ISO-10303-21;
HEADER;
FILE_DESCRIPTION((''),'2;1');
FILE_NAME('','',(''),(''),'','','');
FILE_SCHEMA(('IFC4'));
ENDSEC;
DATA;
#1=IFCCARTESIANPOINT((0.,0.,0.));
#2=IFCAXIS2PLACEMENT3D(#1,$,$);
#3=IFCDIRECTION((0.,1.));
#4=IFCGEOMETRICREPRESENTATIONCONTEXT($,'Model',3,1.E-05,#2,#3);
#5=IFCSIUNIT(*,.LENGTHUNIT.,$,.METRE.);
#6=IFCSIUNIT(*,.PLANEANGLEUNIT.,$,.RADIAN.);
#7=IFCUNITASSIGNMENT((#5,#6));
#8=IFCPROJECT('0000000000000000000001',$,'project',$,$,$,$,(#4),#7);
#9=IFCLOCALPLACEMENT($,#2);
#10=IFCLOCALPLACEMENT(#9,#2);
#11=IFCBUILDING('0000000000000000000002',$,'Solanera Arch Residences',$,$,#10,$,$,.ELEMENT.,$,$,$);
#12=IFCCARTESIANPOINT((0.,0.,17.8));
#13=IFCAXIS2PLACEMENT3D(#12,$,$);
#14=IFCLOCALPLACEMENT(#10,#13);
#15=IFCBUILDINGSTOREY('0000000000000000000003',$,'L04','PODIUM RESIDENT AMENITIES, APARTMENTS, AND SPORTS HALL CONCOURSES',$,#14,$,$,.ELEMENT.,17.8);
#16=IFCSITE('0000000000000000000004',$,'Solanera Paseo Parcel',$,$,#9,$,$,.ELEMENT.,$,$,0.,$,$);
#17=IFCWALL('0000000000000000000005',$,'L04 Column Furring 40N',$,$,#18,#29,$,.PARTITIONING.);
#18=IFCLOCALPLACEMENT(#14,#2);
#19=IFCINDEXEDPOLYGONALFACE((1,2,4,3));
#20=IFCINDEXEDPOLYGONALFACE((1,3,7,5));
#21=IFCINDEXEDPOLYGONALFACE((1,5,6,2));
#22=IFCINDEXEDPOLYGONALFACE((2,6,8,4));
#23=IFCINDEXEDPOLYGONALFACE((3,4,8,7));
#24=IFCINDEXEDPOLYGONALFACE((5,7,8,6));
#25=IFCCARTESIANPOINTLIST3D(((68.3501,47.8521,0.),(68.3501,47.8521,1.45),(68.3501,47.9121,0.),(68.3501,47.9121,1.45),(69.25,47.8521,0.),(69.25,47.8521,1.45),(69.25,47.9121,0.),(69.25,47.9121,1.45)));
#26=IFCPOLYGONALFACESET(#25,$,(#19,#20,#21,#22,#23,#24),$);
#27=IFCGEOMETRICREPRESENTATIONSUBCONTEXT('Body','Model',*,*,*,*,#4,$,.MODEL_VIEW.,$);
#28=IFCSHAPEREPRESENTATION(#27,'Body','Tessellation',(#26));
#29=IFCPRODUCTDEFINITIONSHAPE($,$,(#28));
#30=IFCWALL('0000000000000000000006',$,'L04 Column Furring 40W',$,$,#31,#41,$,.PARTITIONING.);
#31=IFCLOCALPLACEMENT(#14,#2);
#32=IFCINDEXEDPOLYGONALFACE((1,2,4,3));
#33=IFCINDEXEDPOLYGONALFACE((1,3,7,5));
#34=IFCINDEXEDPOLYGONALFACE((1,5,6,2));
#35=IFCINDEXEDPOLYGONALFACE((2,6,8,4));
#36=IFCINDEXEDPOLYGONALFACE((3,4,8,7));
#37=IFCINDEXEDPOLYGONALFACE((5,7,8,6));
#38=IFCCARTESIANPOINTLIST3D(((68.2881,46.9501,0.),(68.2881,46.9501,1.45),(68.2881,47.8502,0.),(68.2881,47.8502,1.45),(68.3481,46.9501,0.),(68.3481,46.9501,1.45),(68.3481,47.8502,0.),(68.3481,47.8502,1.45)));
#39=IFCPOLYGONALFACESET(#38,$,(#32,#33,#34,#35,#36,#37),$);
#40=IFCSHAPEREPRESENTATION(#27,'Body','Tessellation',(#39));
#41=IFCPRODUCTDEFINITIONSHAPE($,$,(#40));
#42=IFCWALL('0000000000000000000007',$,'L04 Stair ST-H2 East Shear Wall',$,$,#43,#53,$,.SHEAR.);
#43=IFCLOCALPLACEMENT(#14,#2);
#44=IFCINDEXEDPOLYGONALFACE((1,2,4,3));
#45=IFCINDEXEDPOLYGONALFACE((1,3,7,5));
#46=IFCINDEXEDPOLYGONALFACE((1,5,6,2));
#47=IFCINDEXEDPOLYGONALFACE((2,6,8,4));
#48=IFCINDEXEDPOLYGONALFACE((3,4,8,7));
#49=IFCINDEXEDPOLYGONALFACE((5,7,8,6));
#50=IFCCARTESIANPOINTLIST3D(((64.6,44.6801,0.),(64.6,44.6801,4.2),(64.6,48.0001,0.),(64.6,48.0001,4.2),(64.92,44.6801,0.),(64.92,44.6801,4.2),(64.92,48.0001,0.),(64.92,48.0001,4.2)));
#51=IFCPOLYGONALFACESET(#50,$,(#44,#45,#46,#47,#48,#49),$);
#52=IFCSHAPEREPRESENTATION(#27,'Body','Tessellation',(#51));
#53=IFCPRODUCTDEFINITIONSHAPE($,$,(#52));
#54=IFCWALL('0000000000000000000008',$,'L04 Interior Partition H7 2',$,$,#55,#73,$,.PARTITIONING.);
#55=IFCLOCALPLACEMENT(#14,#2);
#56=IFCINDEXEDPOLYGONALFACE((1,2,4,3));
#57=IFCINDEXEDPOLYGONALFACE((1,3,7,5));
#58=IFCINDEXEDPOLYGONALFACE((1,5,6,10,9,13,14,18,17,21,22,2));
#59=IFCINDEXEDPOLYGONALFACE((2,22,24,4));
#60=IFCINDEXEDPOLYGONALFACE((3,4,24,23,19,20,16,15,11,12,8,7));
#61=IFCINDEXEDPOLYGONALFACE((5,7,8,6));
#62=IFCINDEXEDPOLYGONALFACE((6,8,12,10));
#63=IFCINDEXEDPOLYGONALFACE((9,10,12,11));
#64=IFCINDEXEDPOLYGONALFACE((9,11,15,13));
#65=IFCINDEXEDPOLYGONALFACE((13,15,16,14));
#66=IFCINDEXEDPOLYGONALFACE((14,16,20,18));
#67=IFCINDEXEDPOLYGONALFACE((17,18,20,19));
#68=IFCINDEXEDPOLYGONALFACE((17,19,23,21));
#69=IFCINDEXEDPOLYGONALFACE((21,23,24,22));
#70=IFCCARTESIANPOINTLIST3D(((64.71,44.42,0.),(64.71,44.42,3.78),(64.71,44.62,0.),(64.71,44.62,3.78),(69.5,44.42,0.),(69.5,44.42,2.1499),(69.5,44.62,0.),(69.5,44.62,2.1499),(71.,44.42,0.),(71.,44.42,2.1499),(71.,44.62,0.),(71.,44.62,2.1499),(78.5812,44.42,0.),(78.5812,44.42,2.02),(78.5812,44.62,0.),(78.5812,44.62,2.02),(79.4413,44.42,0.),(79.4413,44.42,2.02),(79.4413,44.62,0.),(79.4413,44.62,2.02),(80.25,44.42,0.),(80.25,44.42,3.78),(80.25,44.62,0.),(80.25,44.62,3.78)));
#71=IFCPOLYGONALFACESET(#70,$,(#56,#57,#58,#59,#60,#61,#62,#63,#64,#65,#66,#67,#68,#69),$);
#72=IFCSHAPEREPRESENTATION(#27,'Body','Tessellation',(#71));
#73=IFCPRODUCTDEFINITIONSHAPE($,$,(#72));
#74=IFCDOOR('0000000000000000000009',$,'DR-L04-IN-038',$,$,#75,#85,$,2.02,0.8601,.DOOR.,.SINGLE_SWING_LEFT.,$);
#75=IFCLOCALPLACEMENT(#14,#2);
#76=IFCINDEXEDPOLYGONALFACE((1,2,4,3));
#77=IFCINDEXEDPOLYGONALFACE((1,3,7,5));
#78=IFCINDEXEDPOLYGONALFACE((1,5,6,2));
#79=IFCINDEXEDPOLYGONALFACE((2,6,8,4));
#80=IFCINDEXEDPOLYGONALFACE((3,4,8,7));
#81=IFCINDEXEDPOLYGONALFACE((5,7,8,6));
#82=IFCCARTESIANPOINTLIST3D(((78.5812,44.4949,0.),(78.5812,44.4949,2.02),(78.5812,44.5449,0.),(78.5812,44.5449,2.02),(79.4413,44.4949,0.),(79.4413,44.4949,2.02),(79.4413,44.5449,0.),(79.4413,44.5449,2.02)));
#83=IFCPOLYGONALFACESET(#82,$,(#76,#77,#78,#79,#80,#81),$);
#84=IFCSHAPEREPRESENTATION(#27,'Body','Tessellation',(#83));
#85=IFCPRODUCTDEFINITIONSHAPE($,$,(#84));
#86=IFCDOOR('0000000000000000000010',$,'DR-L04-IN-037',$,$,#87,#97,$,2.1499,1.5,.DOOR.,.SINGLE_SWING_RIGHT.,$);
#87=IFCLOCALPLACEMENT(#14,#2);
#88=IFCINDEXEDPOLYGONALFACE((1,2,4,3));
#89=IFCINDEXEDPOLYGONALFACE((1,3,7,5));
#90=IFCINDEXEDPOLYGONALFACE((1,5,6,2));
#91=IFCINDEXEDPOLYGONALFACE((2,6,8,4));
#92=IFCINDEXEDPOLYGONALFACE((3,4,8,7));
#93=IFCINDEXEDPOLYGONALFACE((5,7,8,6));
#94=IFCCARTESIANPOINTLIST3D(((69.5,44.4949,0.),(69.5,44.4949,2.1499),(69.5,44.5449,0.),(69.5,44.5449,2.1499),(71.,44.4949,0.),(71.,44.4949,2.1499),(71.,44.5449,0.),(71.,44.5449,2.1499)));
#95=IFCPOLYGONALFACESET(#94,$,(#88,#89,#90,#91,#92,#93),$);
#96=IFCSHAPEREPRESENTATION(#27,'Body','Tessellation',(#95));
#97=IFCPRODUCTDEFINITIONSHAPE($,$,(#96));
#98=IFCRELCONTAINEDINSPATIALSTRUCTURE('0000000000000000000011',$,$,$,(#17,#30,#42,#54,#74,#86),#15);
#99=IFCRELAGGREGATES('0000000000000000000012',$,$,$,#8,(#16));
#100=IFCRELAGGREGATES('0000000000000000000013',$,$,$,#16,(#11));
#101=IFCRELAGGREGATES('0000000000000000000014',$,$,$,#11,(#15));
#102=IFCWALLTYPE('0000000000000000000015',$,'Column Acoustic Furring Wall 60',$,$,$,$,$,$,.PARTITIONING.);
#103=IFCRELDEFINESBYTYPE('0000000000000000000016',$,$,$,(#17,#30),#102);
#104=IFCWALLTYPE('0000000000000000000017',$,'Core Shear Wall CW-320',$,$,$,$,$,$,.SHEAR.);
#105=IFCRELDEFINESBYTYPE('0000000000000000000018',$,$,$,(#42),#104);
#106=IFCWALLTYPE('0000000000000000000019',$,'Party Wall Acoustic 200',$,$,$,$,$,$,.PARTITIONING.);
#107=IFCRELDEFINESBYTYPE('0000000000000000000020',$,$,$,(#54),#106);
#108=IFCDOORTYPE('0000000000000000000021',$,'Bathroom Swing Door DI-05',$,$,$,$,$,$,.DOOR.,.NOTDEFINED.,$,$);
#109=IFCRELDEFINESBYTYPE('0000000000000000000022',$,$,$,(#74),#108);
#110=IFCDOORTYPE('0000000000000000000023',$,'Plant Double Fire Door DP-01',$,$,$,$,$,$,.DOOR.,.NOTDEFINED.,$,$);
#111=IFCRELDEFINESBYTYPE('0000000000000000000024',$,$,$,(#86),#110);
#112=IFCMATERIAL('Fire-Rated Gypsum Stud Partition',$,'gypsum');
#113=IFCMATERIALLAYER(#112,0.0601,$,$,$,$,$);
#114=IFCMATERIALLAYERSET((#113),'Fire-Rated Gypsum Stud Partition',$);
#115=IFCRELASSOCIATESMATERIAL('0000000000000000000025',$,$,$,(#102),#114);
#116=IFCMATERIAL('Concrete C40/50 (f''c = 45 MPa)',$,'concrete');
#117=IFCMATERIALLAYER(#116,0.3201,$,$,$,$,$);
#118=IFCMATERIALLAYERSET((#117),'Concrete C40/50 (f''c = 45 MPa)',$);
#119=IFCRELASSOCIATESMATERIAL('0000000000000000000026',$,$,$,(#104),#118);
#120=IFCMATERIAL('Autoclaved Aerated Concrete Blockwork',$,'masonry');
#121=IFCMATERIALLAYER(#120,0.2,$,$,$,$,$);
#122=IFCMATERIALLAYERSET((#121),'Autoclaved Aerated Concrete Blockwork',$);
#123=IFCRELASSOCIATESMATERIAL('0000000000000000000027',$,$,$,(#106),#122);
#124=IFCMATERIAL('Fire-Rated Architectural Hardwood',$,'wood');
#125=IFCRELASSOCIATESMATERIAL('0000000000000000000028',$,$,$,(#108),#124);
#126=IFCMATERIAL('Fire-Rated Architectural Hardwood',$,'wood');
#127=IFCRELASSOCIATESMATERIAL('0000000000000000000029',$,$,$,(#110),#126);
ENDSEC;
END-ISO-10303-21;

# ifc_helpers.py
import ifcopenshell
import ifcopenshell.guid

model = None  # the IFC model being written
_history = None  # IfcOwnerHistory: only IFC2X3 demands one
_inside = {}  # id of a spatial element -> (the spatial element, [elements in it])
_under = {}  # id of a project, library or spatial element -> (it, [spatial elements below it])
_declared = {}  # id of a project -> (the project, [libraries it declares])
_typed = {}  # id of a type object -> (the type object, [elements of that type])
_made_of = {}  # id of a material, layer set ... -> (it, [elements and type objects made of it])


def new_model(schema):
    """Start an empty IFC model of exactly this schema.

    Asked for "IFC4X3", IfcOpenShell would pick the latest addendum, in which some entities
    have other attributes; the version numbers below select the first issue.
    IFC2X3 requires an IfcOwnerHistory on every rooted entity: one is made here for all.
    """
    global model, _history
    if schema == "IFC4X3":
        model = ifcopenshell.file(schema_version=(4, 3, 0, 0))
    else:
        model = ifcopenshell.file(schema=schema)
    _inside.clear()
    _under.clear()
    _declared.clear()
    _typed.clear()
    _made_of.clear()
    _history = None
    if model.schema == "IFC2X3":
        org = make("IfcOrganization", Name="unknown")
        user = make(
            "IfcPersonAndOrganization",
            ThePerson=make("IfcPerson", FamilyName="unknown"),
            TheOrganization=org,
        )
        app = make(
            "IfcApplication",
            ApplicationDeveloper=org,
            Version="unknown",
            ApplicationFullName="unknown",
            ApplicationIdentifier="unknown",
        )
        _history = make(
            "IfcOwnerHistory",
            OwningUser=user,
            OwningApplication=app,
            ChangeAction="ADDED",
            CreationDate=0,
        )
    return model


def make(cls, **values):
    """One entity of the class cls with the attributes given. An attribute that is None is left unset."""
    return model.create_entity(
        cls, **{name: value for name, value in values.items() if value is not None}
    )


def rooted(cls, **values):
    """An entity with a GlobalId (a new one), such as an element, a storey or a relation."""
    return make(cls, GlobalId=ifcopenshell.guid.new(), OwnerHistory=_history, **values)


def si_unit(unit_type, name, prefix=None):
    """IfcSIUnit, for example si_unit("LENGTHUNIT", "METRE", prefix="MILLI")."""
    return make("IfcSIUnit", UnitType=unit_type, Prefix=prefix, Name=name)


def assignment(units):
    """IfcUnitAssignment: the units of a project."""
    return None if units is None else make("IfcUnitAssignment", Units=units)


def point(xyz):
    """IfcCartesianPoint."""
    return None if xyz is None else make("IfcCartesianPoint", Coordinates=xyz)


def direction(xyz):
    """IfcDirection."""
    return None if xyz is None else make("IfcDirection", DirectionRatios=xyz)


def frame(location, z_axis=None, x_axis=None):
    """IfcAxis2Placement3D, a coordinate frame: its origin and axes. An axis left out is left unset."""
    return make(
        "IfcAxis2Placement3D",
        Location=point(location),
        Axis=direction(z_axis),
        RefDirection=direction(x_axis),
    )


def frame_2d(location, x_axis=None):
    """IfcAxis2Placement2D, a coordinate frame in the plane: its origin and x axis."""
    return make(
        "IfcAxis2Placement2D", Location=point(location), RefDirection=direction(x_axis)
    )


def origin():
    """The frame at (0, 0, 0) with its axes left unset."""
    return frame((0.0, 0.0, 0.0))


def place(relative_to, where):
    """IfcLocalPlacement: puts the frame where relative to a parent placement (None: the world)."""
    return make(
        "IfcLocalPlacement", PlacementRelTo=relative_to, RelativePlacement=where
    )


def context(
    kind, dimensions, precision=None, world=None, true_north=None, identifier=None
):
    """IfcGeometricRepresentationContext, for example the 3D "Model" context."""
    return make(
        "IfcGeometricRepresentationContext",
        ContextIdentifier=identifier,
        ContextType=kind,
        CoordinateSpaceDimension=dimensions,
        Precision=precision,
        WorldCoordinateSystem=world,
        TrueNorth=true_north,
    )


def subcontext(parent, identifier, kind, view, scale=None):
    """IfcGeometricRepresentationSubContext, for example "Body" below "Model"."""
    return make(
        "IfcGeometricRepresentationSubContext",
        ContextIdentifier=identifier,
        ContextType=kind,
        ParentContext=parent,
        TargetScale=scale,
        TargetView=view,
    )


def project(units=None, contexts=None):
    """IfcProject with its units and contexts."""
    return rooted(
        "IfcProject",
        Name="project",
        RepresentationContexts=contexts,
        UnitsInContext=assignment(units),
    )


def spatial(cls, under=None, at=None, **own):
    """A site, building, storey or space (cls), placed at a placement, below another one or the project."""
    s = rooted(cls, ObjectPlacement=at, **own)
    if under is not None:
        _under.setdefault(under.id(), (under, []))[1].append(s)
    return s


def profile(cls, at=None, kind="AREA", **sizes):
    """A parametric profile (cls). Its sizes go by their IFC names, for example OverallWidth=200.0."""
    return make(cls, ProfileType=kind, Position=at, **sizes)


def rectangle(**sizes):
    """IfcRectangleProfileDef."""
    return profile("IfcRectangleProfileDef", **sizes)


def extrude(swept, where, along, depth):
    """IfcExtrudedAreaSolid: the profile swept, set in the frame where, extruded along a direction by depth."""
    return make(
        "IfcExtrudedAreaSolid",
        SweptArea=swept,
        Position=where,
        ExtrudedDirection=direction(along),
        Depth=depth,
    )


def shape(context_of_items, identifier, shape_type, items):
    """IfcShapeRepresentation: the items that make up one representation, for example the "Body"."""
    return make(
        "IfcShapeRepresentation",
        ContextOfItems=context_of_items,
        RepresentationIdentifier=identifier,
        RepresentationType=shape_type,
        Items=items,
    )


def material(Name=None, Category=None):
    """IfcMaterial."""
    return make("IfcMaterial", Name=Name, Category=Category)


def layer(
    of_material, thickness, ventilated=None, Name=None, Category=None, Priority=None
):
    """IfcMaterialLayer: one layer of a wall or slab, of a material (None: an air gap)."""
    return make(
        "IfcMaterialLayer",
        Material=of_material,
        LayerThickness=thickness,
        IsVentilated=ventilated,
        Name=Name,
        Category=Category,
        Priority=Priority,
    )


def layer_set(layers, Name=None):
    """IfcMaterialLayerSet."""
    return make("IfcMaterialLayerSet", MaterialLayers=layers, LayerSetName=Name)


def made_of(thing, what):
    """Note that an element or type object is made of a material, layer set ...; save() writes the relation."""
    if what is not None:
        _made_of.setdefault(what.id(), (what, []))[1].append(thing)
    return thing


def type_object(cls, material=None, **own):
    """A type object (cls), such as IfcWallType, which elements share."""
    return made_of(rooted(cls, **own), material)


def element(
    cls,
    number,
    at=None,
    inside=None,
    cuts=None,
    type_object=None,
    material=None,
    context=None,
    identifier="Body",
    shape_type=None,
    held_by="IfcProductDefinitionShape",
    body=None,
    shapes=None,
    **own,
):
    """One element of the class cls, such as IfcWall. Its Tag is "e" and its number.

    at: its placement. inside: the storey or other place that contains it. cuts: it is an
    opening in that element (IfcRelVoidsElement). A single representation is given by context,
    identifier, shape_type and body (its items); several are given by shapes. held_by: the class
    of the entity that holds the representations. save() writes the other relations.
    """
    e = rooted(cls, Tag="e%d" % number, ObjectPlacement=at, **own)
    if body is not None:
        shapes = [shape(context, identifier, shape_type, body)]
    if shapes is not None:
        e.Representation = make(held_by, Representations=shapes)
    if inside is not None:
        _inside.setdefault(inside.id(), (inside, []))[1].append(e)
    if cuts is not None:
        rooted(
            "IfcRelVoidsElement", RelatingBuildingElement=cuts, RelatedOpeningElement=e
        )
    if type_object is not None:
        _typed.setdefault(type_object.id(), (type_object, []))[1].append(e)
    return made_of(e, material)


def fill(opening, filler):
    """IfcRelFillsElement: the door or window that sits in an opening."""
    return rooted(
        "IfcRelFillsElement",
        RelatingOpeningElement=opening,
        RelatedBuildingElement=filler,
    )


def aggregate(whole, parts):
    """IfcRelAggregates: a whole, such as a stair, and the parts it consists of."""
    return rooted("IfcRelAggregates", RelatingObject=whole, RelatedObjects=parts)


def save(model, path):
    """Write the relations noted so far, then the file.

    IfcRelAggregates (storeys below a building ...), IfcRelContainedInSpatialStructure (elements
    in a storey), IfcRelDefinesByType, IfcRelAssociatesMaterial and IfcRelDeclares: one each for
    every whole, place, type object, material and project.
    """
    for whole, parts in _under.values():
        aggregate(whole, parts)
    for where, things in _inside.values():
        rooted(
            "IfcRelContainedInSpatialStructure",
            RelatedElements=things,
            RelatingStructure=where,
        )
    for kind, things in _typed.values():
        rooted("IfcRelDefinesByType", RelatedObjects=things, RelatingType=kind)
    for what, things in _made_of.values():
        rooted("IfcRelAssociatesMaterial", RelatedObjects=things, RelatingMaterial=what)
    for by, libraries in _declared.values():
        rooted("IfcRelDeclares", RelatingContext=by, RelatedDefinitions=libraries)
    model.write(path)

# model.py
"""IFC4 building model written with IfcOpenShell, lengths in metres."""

from ifc_helpers import new_model, si_unit, direction, frame, frame_2d, origin, place, context, subcontext, project, spatial, rectangle, extrude, material, layer, layer_set, type_object, element, fill, save


model = new_model("IFC4")

# Units and contexts
model_context = context("Model", 3, precision=1e-05, world=origin(), true_north=direction((0.0, 1.0)))
body_context = subcontext(model_context, "Body", "Model", "MODEL_VIEW")
ifc_project = project(units=[si_unit("LENGTHUNIT", "METRE"), si_unit("PLANEANGLEUNIT", "RADIAN")], contexts=[model_context])

# Site, building, storey
site_placement = place(None, origin())
site = spatial("IfcSite", under=ifc_project, at=site_placement, Name="Solanera Paseo Parcel", CompositionType="ELEMENT", RefElevation=0.0)
building_placement = place(site_placement, origin())
building = spatial("IfcBuilding", under=site, at=building_placement, Name="Solanera Arch Residences", CompositionType="ELEMENT")
storey_placement = place(building_placement, frame((0.0, 0.0, 17.8)))
storey = spatial("IfcBuildingStorey", under=building, at=storey_placement, Name="L04", Description="PODIUM RESIDENT AMENITIES, APARTMENTS, AND SPORTS HALL CONCOURSES", CompositionType="ELEMENT", Elevation=17.8)

# Walls
ifc_material_1 = material(Name="Fire-Rated Gypsum Stud Partition", Category="gypsum")
ifc_layer_1 = layer(ifc_material_1, 0.0601)
ifc_layer_set_1 = layer_set([ifc_layer_1], Name="Fire-Rated Gypsum Stud Partition")
wall_type_1 = type_object("IfcWallType", Name="Column Acoustic Furring Wall 60", PredefinedType="PARTITIONING", material=ifc_layer_set_1)
for number, where, z_axis, x_axis, name in (
    (1, (68.3501, 47.8821, 0.0), (0.0, 0.0, 1.0), (1.0, 0.0, 0.0), "L04 Column Furring 40N"),
):
    element("IfcWall", number, at=place(storey_placement, frame(where, z_axis=z_axis, x_axis=x_axis)), inside=storey, type_object=wall_type_1, Name=name, PredefinedType="PARTITIONING", context=body_context, shape_type="SweptSolid", body=[
        extrude(rectangle(XDim=0.8999, YDim=0.0601, at=frame_2d((0.45, 0.0))), origin(), (0.0, 0.0, 1.0), 1.45),
    ])
wall_1_placement = place(storey_placement, frame((68.3181, 46.95, 0.0), z_axis=(0.0, 0.0, 1.0), x_axis=(0.0, 1.0, 0.0)))
element("IfcWall", 2, at=wall_1_placement, inside=storey, type_object=wall_type_1, Name="L04 Column Furring 40W", PredefinedType="PARTITIONING", context=body_context, shape_type="SweptSolid", body=[
    extrude(rectangle(XDim=0.9001, YDim=0.0601, at=frame_2d((0.4502, 0.0))), origin(), (0.0, 0.0, 1.0), 1.45),
])
ifc_material_2 = material(Name="Concrete C40/50 (f'c = 45 MPa)", Category="concrete")
ifc_layer_2 = layer(ifc_material_2, 0.3201)
ifc_layer_set_2 = layer_set([ifc_layer_2], Name="Concrete C40/50 (f'c = 45 MPa)")
wall_type_2 = type_object("IfcWallType", Name="Core Shear Wall CW-320", PredefinedType="SHEAR", material=ifc_layer_set_2)
wall_2_placement = place(storey_placement, frame((64.76, 44.6799, 0.0), z_axis=(0.0, 0.0, 1.0), x_axis=(0.0, 1.0, 0.0)))
element("IfcWall", 3, at=wall_2_placement, inside=storey, type_object=wall_type_2, Name="L04 Stair ST-H2 East Shear Wall", PredefinedType="SHEAR", context=body_context, shape_type="SweptSolid", body=[
    extrude(rectangle(XDim=3.3201, YDim=0.3201, at=frame_2d((1.6602, 0.0))), origin(), (0.0, 0.0, 1.0), 4.2),
])

# Wall, openings, doors
ifc_material_3 = material(Name="Autoclaved Aerated Concrete Blockwork", Category="masonry")
ifc_layer_3 = layer(ifc_material_3, 0.2)
ifc_layer_set_3 = layer_set([ifc_layer_3], Name="Autoclaved Aerated Concrete Blockwork")
wall_type_3 = type_object("IfcWallType", Name="Party Wall Acoustic 200", PredefinedType="PARTITIONING", material=ifc_layer_set_3)
wall_3_placement = place(storey_placement, frame((64.71, 44.52, 0.0), z_axis=(0.0, 0.0, 1.0), x_axis=(1.0, 0.0, 0.0)))
wall_3 = element("IfcWall", 4, at=wall_3_placement, inside=storey, type_object=wall_type_3, Name="L04 Interior Partition H7 2", PredefinedType="PARTITIONING", context=body_context, shape_type="SweptSolid", body=[
    extrude(rectangle(XDim=15.54, YDim=0.2, at=frame_2d((7.77, 0.0))), origin(), (0.0, 0.0, 1.0), 3.78),
])
opening_1_placement = place(wall_3_placement, frame((4.79, 0.0, 0.0)))
opening_1 = element("IfcOpeningElement", 5, at=opening_1_placement, cuts=wall_3, PredefinedType="OPENING", context=body_context, shape_type="SweptSolid", body=[
    extrude(rectangle(XDim=1.5, YDim=2.1499, at=frame_2d((0.75, 1.075))), frame((0.0, 0.1101, 0.0), z_axis=(0.0, -1.0, 0.0), x_axis=(1.0, 0.0, 0.0)), (0.0, 0.0, 1.0), 0.22),
])
opening_2_placement = place(wall_3_placement, frame((13.8711, 0.0, 0.0)))
opening_2 = element("IfcOpeningElement", 6, at=opening_2_placement, cuts=wall_3, PredefinedType="OPENING", context=body_context, shape_type="SweptSolid", body=[
    extrude(rectangle(XDim=0.8601, YDim=2.02, at=frame_2d((0.4302, 1.01))), frame((0.0, 0.1101, 0.0), z_axis=(0.0, -1.0, 0.0), x_axis=(1.0, 0.0, 0.0)), (0.0, 0.0, 1.0), 0.22),
])
ifc_material_4 = material(Name="Fire-Rated Architectural Hardwood", Category="wood")
door_type_1 = type_object("IfcDoorType", Name="Bathroom Swing Door DI-05", OperationType="NOTDEFINED", PredefinedType="DOOR", material=ifc_material_4)
door_1_placement = place(opening_2_placement, origin())
door_1 = element("IfcDoor", 7, at=door_1_placement, inside=storey, type_object=door_type_1, Name="DR-L04-IN-038", OperationType="SINGLE_SWING_LEFT", OverallHeight=2.02, OverallWidth=0.8601, PredefinedType="DOOR", context=body_context, shape_type="SweptSolid", body=[
    extrude(rectangle(XDim=0.8601, YDim=2.02, at=frame_2d((0.4302, 1.01))), frame((0.0, 0.0249, 0.0), z_axis=(0.0, -1.0, 0.0), x_axis=(1.0, 0.0, 0.0)), (0.0, 0.0, 1.0), 0.05),
])
fill(opening_2, door_1)
ifc_material_5 = material(Name="Fire-Rated Architectural Hardwood", Category="wood")
door_type_2 = type_object("IfcDoorType", Name="Plant Double Fire Door DP-01", OperationType="NOTDEFINED", PredefinedType="DOOR", material=ifc_material_5)
door_2_placement = place(opening_1_placement, origin())
door_2 = element("IfcDoor", 8, at=door_2_placement, inside=storey, type_object=door_type_2, Name="DR-L04-IN-037", OperationType="SINGLE_SWING_RIGHT", OverallHeight=2.1499, OverallWidth=1.5, PredefinedType="DOOR", context=body_context, shape_type="SweptSolid", body=[
    extrude(rectangle(XDim=1.5, YDim=2.1499, at=frame_2d((0.75, 1.075))), frame((0.0, 0.0249, 0.0), z_axis=(0.0, -1.0, 0.0), x_axis=(1.0, 0.0, 0.0)), (0.0, 0.0, 1.0), 0.05),
])
fill(opening_1, door_2)

save(model, "model.ifc")
